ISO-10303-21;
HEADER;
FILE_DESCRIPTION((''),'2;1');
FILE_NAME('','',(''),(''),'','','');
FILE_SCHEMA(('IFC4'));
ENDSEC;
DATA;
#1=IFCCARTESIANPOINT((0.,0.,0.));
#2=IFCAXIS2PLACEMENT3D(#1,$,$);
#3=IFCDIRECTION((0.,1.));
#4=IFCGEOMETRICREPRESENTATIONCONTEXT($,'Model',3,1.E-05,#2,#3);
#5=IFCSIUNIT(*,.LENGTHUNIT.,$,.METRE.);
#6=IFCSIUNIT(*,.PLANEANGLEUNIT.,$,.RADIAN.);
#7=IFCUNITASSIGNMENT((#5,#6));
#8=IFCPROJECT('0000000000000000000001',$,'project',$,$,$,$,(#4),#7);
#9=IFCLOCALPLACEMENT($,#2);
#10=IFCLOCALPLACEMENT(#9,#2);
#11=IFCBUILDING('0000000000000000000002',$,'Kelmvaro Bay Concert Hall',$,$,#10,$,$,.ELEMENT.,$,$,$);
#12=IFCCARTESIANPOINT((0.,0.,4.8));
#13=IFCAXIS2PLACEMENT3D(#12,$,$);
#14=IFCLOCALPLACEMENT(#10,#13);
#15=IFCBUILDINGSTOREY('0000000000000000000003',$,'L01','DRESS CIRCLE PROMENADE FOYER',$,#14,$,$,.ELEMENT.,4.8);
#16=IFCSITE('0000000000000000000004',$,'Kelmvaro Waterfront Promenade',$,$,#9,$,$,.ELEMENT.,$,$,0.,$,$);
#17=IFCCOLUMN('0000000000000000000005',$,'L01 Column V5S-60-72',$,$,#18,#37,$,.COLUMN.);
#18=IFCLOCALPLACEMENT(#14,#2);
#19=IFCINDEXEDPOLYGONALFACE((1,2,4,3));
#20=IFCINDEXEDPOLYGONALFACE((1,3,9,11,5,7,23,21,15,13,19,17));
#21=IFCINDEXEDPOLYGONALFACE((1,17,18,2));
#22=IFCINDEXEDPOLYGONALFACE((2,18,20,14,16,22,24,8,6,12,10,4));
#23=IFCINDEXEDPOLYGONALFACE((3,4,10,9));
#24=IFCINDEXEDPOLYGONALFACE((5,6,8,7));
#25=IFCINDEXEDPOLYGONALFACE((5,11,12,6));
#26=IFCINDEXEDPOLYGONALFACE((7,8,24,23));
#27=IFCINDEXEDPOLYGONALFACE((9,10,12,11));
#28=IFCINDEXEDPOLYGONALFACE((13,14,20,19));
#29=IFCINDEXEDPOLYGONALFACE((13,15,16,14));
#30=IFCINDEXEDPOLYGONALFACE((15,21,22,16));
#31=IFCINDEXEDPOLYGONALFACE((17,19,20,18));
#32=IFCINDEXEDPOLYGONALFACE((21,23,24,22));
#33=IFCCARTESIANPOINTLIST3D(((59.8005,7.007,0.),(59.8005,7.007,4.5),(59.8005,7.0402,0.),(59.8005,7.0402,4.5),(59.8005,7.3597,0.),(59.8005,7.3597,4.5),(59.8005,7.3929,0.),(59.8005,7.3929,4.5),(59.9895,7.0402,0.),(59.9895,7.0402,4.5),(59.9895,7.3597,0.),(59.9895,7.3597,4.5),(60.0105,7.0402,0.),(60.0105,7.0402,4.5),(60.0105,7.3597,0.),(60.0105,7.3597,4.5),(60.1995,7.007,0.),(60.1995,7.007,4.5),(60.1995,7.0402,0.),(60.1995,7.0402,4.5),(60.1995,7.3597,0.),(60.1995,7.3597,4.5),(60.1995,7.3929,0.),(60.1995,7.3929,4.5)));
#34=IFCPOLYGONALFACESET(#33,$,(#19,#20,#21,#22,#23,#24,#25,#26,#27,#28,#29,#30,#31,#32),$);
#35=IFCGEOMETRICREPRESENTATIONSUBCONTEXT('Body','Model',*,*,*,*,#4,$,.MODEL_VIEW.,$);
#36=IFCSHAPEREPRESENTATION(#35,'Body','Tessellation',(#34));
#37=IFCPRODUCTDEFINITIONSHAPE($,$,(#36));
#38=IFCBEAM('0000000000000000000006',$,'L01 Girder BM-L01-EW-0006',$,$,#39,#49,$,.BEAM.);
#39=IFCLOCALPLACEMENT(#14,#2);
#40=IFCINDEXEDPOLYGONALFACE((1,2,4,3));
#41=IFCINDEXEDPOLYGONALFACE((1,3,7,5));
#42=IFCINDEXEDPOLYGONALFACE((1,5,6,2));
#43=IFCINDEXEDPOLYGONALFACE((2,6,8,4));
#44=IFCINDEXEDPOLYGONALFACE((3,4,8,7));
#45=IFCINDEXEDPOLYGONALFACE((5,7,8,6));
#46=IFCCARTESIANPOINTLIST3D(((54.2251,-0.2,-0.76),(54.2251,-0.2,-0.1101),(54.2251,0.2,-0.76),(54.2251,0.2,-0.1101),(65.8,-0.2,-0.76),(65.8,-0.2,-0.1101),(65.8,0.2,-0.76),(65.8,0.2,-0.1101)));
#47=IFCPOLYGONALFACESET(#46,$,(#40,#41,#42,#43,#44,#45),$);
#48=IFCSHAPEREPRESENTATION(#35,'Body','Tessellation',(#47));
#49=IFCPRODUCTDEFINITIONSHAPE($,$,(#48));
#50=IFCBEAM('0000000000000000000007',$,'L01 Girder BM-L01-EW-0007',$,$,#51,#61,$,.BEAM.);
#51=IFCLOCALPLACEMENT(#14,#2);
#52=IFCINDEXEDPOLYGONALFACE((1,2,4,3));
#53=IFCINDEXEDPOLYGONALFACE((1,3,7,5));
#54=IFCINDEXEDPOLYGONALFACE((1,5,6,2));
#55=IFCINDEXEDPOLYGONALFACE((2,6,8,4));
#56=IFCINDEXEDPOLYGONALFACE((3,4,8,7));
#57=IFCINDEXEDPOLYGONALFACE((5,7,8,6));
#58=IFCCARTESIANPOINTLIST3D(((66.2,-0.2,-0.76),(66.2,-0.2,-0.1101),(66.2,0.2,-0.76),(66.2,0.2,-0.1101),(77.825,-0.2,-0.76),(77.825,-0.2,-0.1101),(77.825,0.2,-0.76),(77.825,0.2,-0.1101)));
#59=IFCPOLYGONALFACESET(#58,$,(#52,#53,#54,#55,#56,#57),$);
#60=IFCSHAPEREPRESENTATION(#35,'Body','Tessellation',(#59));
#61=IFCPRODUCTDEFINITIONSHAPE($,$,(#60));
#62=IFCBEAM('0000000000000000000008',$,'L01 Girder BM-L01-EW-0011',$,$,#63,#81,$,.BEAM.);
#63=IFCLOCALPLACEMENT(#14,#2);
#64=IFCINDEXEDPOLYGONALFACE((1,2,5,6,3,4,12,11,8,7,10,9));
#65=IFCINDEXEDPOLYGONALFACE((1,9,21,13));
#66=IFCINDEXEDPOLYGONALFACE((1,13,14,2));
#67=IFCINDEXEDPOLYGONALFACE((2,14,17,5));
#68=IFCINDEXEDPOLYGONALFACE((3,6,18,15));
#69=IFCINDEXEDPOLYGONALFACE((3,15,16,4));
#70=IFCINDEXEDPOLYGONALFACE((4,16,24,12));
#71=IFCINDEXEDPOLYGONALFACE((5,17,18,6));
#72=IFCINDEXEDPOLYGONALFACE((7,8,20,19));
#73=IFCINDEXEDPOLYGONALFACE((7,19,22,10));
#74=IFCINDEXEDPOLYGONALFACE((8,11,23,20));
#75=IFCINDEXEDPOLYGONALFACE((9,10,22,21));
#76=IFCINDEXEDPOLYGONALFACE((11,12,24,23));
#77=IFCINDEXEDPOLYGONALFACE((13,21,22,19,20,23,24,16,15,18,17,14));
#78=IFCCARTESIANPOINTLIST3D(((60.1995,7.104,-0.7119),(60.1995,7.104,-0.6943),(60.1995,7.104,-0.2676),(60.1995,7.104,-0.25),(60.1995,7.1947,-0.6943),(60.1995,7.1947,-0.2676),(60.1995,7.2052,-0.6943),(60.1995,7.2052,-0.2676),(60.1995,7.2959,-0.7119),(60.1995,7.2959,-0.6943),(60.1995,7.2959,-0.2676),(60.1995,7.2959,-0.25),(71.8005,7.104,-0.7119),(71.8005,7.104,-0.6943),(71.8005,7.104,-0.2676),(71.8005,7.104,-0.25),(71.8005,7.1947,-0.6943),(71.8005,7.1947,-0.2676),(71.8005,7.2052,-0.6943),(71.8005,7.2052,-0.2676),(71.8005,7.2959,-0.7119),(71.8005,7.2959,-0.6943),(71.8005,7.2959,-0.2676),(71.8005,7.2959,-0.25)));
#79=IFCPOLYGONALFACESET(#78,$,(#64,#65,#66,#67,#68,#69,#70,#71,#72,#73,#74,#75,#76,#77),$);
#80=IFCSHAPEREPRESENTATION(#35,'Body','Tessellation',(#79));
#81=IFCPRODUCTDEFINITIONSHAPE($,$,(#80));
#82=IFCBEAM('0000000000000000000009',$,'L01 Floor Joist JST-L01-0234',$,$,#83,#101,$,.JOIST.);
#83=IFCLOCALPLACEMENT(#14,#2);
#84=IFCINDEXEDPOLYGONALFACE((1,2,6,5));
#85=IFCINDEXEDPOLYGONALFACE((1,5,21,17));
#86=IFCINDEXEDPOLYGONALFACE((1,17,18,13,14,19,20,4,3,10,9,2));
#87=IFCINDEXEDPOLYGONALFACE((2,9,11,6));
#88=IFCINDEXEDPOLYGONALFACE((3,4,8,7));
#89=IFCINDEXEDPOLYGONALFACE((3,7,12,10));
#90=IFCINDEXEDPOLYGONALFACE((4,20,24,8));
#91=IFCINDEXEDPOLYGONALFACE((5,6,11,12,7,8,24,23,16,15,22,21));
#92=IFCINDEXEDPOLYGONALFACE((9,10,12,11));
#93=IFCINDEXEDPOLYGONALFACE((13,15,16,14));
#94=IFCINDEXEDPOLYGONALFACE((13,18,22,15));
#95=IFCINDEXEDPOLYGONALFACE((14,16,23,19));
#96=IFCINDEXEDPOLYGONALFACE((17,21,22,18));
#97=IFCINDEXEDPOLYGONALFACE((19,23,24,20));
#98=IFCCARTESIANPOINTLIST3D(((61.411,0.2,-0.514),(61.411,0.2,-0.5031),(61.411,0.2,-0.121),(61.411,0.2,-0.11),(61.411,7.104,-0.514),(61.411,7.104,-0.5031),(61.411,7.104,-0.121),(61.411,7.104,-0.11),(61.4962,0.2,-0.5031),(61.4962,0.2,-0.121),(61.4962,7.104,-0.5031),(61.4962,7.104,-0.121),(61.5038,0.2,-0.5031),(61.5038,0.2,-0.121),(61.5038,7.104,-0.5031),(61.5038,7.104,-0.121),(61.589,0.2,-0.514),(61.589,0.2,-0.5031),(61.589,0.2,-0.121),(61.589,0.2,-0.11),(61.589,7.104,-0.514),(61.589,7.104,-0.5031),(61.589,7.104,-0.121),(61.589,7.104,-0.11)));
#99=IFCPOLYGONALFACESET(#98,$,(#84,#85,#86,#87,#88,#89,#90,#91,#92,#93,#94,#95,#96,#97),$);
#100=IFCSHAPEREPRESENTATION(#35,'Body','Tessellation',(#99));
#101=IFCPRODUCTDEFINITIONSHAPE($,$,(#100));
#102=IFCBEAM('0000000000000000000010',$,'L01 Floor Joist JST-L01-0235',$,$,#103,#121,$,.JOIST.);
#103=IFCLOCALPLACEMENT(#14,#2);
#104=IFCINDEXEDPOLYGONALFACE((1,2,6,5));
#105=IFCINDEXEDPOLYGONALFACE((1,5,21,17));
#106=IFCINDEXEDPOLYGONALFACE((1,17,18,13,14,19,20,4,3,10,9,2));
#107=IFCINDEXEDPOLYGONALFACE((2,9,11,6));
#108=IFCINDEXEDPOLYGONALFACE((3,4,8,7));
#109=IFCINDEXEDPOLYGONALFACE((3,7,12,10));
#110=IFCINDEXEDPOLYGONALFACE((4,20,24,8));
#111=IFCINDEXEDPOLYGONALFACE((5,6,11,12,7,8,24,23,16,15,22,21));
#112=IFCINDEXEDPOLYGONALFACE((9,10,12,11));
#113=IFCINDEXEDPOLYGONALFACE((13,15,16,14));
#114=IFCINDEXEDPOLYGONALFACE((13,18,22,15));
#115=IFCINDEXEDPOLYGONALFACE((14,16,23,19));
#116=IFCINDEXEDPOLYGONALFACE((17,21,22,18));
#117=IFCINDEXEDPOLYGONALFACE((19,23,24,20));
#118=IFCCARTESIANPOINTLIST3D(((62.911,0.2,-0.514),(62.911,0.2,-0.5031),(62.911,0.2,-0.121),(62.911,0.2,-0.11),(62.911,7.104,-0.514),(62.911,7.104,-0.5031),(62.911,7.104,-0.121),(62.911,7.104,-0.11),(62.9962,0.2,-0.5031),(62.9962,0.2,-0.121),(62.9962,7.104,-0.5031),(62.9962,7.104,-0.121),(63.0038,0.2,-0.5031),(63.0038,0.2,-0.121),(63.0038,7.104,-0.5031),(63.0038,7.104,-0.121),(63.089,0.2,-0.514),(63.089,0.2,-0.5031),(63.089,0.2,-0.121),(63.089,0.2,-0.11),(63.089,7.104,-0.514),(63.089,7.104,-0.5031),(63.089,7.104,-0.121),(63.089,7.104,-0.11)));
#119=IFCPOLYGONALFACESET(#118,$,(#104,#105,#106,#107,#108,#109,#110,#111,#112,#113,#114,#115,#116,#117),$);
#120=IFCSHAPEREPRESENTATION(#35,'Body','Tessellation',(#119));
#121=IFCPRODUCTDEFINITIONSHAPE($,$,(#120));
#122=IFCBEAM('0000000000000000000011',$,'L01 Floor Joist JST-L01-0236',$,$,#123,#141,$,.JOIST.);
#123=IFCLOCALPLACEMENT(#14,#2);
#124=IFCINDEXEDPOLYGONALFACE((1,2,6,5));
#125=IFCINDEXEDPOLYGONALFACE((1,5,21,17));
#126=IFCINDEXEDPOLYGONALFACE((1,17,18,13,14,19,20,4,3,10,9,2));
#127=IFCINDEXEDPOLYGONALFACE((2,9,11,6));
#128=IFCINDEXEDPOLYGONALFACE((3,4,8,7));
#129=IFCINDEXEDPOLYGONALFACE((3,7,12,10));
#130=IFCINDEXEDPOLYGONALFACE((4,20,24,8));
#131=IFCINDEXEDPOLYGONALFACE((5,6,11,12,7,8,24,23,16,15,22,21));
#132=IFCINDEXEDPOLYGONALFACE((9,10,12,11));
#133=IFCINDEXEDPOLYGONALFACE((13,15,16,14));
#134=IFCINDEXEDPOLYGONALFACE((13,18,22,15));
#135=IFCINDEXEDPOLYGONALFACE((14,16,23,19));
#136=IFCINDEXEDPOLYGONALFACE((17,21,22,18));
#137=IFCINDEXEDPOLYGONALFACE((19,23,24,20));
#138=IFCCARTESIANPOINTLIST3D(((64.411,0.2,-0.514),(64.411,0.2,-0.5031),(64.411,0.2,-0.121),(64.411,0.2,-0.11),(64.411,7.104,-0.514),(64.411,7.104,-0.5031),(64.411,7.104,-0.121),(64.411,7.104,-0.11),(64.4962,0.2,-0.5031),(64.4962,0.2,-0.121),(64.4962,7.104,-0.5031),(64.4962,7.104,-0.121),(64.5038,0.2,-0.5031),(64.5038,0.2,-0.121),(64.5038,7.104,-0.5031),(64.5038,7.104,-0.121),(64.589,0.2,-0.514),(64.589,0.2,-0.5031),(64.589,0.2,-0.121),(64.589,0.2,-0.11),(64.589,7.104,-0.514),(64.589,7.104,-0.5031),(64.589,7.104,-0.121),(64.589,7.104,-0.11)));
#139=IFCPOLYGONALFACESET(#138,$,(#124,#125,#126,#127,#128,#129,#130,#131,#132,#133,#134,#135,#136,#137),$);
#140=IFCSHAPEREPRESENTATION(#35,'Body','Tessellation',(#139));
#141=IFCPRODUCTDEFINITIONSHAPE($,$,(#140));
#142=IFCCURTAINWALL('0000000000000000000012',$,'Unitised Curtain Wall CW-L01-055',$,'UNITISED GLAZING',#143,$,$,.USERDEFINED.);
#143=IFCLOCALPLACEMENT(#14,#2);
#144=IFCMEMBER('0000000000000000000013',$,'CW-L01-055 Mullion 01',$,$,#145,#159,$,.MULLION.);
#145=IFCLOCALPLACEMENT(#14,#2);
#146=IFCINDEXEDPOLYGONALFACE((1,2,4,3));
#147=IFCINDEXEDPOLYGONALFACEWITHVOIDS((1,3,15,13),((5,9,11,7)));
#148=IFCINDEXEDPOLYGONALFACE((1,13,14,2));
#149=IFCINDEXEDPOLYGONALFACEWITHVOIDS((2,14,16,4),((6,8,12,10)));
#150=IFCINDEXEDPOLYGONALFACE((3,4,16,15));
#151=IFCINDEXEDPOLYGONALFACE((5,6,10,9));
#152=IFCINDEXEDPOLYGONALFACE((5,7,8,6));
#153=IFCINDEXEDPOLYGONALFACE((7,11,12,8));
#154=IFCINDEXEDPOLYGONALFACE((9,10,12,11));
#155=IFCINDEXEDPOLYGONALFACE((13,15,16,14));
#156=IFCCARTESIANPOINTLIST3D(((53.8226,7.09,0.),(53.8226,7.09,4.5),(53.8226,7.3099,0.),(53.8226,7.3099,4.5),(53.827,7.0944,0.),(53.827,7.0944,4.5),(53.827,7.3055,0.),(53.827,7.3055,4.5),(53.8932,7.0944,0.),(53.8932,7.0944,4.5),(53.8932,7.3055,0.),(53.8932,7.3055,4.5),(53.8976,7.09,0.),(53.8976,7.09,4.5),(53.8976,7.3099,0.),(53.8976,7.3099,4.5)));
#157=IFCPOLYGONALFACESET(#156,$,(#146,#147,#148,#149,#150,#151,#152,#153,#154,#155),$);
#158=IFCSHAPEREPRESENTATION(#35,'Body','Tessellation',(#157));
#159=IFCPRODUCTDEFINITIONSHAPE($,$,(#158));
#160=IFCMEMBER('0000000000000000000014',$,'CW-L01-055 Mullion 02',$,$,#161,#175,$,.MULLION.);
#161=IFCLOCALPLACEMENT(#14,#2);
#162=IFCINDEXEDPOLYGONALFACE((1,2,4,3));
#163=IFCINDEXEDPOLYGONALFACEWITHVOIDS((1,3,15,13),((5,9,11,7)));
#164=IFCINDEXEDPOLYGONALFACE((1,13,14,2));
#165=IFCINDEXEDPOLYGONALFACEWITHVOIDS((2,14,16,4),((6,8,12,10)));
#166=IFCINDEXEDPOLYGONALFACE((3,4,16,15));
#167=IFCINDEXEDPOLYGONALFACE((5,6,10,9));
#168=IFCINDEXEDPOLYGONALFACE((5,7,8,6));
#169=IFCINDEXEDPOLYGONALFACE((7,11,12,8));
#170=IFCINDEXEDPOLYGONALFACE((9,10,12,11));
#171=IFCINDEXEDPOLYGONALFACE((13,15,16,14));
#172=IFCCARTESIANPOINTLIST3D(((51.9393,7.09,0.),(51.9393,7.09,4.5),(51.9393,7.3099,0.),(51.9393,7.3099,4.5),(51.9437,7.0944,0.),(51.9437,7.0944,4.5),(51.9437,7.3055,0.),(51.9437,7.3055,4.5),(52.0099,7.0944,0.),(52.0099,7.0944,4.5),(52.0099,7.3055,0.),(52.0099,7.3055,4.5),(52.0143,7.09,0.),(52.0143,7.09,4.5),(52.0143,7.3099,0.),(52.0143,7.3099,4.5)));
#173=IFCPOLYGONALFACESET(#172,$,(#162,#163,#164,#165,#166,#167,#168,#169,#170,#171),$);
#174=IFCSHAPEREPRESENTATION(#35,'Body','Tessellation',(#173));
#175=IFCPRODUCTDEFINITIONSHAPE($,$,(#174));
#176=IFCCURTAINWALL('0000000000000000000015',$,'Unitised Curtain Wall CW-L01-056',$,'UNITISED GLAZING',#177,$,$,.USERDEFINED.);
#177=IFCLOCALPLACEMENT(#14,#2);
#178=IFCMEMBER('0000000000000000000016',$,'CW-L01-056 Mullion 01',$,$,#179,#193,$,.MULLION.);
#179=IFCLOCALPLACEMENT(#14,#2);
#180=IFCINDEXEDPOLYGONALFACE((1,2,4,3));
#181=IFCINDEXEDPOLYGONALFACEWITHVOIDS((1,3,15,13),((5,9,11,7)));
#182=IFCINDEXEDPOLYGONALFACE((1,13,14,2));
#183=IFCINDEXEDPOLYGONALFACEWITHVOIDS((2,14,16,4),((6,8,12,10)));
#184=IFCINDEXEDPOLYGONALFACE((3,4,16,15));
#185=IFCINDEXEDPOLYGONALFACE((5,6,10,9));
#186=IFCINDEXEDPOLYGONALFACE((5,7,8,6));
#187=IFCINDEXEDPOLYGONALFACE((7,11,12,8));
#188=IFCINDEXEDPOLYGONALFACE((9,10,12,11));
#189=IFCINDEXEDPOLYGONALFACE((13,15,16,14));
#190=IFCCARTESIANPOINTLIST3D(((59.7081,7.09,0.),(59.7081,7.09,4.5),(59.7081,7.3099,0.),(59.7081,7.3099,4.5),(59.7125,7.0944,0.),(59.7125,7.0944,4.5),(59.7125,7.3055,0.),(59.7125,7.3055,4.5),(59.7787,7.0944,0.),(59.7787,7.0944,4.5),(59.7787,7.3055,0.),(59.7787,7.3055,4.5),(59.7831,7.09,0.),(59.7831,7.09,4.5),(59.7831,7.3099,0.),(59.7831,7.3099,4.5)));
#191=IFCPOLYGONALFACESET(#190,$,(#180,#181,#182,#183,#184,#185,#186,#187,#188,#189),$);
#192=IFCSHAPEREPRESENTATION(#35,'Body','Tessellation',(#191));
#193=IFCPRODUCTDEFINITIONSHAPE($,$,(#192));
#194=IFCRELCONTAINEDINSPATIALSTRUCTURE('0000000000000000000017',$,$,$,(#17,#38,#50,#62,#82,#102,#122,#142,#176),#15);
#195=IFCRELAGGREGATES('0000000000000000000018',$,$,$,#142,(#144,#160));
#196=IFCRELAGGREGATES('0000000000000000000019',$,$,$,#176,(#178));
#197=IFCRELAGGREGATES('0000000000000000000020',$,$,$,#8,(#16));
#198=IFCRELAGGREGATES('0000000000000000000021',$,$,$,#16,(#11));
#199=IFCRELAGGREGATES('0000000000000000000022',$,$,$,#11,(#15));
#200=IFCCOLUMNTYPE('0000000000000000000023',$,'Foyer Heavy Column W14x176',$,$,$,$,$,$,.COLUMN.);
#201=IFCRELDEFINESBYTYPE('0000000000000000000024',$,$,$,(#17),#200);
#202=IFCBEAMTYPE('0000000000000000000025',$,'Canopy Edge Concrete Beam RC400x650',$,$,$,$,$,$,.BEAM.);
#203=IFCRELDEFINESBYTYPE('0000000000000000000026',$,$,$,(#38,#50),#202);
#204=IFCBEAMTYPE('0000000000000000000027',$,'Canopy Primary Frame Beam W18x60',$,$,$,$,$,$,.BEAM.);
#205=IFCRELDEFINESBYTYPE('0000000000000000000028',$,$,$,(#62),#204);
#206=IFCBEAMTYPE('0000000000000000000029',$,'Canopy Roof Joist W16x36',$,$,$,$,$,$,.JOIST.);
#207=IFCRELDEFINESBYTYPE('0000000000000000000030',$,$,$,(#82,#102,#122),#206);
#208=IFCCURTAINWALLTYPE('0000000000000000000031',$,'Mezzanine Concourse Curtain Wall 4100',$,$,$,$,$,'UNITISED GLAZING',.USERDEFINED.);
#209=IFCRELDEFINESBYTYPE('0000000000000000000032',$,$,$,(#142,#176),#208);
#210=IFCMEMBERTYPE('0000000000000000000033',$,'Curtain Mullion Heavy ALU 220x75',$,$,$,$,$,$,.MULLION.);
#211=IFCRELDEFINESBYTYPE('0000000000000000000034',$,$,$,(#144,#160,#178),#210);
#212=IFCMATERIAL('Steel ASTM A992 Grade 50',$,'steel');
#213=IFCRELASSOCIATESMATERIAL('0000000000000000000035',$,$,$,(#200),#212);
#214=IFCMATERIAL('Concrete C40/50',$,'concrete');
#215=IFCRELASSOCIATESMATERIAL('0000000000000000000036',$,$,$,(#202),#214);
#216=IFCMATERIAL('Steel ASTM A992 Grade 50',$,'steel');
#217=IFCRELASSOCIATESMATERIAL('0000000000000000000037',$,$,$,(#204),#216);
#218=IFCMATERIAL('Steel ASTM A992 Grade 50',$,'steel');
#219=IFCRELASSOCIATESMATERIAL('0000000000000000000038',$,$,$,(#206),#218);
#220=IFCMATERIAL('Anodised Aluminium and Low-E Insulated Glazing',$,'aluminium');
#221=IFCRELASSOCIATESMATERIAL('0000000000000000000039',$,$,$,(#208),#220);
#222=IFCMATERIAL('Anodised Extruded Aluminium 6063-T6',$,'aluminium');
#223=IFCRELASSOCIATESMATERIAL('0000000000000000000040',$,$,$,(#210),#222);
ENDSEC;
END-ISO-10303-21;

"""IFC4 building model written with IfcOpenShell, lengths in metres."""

from ifc_helpers import new_model, si_unit, direction, frame, origin, origin_2d, place, context, subcontext, project, spatial, rectangle, hollow_rectangle, i_section, extrude, material, material_profile, profile_set, type_object, element, aggregate, save


model = new_model("IFC4")

# Units and contexts
model_context = context("Model", 3, precision=1e-05, world=origin(), true_north=direction((0.0, 1.0)))
body_context = subcontext(model_context, "Body", "Model", "MODEL_VIEW")
ifc_project = project(units=[si_unit("LENGTHUNIT", "METRE"), si_unit("PLANEANGLEUNIT", "RADIAN")], contexts=[model_context])

# Site, building, storey
site_placement = place(None, origin())
site = spatial("IfcSite", under=ifc_project, at=site_placement, Name="Kelmvaro Waterfront Promenade", CompositionType="ELEMENT", RefElevation=0.0)
building_placement = place(site_placement, origin())
building = spatial("IfcBuilding", under=site, at=building_placement, Name="Kelmvaro Bay Concert Hall", CompositionType="ELEMENT")
storey_placement = place(building_placement, frame((0.0, 0.0, 4.8)))
storey = spatial("IfcBuildingStorey", under=building, at=storey_placement, Name="L01", Description="DRESS CIRCLE PROMENADE FOYER", CompositionType="ELEMENT", Elevation=4.8)

# Column
ifc_material_1 = material(Name="Steel ASTM A992 Grade 50", Category="steel")
ifc_material_profile_1 = material_profile(ifc_material_1, i_section(OverallWidth=0.3989, OverallDepth=0.386, WebThickness=0.021, FlangeThickness=0.0332, at=origin_2d()), Name="W14X176")
ifc_profile_set_1 = profile_set([ifc_material_profile_1], Name="Steel ASTM A992 Grade 50")
column_type = type_object("IfcColumnType", Name="Foyer Heavy Column W14x176", PredefinedType="COLUMN", material=ifc_profile_set_1)
column_placement = place(storey_placement, frame((60.0, 7.2, 0.0), z_axis=(0.0, 0.0, 1.0), x_axis=(1.0, 0.0, 0.0)))
element("IfcColumn", 1, at=column_placement, inside=storey, type_object=column_type, Name="L01 Column V5S-60-72", PredefinedType="COLUMN", context=body_context, shape_type="SweptSolid", body=[
    extrude(i_section(OverallWidth=0.3989, OverallDepth=0.386, WebThickness=0.021, FlangeThickness=0.0332, at=origin_2d()), origin(), (0.0, 0.0, 1.0), 4.5),
])

# Beams
ifc_material_2 = material(Name="Concrete C40/50", Category="concrete")
ifc_material_profile_2 = material_profile(ifc_material_2, rectangle(XDim=0.3999, YDim=0.6499, at=origin_2d()), Name="RC-BM-400X650")
ifc_profile_set_2 = profile_set([ifc_material_profile_2], Name="Concrete C40/50")
beam_type_1 = type_object("IfcBeamType", Name="Canopy Edge Concrete Beam RC400x650", PredefinedType="BEAM", material=ifc_profile_set_2)
beam_1_placement = place(storey_placement, frame((54.2251, 0.0, -0.4351), z_axis=(1.0, 0.0, 0.0), x_axis=(0.0, 1.0, 0.0)))
element("IfcBeam", 2, at=beam_1_placement, inside=storey, type_object=beam_type_1, Name="L01 Girder BM-L01-EW-0006", PredefinedType="BEAM", context=body_context, shape_type="SweptSolid", body=[
    extrude(rectangle(XDim=0.3999, YDim=0.6499, at=origin_2d()), origin(), (0.0, 0.0, 1.0), 11.575),
])
beam_2_placement = place(storey_placement, frame((66.2, 0.0, -0.4351), z_axis=(1.0, 0.0, 0.0), x_axis=(0.0, 1.0, 0.0)))
element("IfcBeam", 3, at=beam_2_placement, inside=storey, type_object=beam_type_1, Name="L01 Girder BM-L01-EW-0007", PredefinedType="BEAM", context=body_context, shape_type="SweptSolid", body=[
    extrude(rectangle(XDim=0.3999, YDim=0.6499, at=origin_2d()), origin(), (0.0, 0.0, 1.0), 11.625),
])
ifc_material_3 = material(Name="Steel ASTM A992 Grade 50", Category="steel")
ifc_material_profile_3 = material_profile(ifc_material_3, i_section(OverallWidth=0.1919, OverallDepth=0.4619, WebThickness=0.0105, FlangeThickness=0.0176, at=origin_2d()), Name="W18X60")
ifc_profile_set_3 = profile_set([ifc_material_profile_3], Name="Steel ASTM A992 Grade 50")
beam_type_2 = type_object("IfcBeamType", Name="Canopy Primary Frame Beam W18x60", PredefinedType="BEAM", material=ifc_profile_set_3)
beam_3_placement = place(storey_placement, frame((60.1995, 7.2, -0.481), z_axis=(1.0, 0.0, 0.0), x_axis=(0.0, 1.0, 0.0)))
element("IfcBeam", 4, at=beam_3_placement, inside=storey, type_object=beam_type_2, Name="L01 Girder BM-L01-EW-0011", PredefinedType="BEAM", context=body_context, shape_type="SweptSolid", body=[
    extrude(i_section(OverallWidth=0.1919, OverallDepth=0.4619, WebThickness=0.0105, FlangeThickness=0.0176, at=origin_2d()), origin(), (0.0, 0.0, 1.0), 11.6011),
])
ifc_material_4 = material(Name="Steel ASTM A992 Grade 50", Category="steel")
ifc_material_profile_4 = material_profile(ifc_material_4, i_section(OverallWidth=0.178, OverallDepth=0.4041, WebThickness=0.0076, FlangeThickness=0.011, at=origin_2d()), Name="W16X36")
ifc_profile_set_4 = profile_set([ifc_material_profile_4], Name="Steel ASTM A992 Grade 50")
beam_type_3 = type_object("IfcBeamType", Name="Canopy Roof Joist W16x36", PredefinedType="JOIST", material=ifc_profile_set_4)
for number, where, z_axis, x_axis, name in (
    (5, (61.5, 0.2, -0.312), (0.0, 1.0, 0.0), (-1.0, 0.0, 0.0), "L01 Floor Joist JST-L01-0234"),
    (6, (63.0, 0.2, -0.312), (0.0, 1.0, 0.0), (-1.0, 0.0, 0.0), "L01 Floor Joist JST-L01-0235"),
    (7, (64.5, 0.2, -0.312), (0.0, 1.0, 0.0), (-1.0, 0.0, 0.0), "L01 Floor Joist JST-L01-0236"),
):
    element("IfcBeam", number, at=place(storey_placement, frame(where, z_axis=z_axis, x_axis=x_axis)), inside=storey, type_object=beam_type_3, Name=name, PredefinedType="JOIST", context=body_context, shape_type="SweptSolid", body=[
        extrude(i_section(OverallWidth=0.178, OverallDepth=0.4041, WebThickness=0.0076, FlangeThickness=0.011, at=origin_2d()), origin(), (0.0, 0.0, 1.0), 6.9041),
    ])

# Curtain walls, members
ifc_material_5 = material(Name="Anodised Aluminium and Low-E Insulated Glazing", Category="aluminium")
curtain_wall_type = type_object("IfcCurtainWallType", Name="Mezzanine Concourse Curtain Wall 4100", ElementType="UNITISED GLAZING", PredefinedType="USERDEFINED", material=ifc_material_5)
curtain_wall_1_placement = place(storey_placement, origin())
curtain_wall_1 = element("IfcCurtainWall", 8, at=curtain_wall_1_placement, inside=storey, type_object=curtain_wall_type, Name="Unitised Curtain Wall CW-L01-055", ObjectType="UNITISED GLAZING", PredefinedType="USERDEFINED")
ifc_material_6 = material(Name="Anodised Extruded Aluminium 6063-T6", Category="aluminium")
ifc_material_profile_5 = material_profile(ifc_material_6, hollow_rectangle(XDim=0.075, YDim=0.22, WallThickness=0.0044, at=origin_2d()), Name="ALU-MUL-220X75")
ifc_profile_set_5 = profile_set([ifc_material_profile_5], Name="Anodised Extruded Aluminium 6063-T6")
member_type_1 = type_object("IfcMemberType", Name="Curtain Mullion Heavy ALU 220x75", PredefinedType="MULLION", material=ifc_profile_set_5)
member_1_placement = place(storey_placement, frame((53.8601, 7.2, 0.0), z_axis=(0.0, 0.0, 1.0), x_axis=(1.0, 0.0, 0.0)))
member_1 = element("IfcMember", 9, at=member_1_placement, type_object=member_type_1, Name="CW-L01-055 Mullion 01", PredefinedType="MULLION", context=body_context, shape_type="SweptSolid", body=[
    extrude(hollow_rectangle(XDim=0.075, YDim=0.22, WallThickness=0.0044, at=origin_2d()), origin(), (0.0, 0.0, 1.0), 4.5),
])
member_2_placement = place(storey_placement, frame((51.9768, 7.2, 0.0), z_axis=(0.0, 0.0, 1.0), x_axis=(1.0, 0.0, 0.0)))
member_2 = element("IfcMember", 10, at=member_2_placement, type_object=member_type_1, Name="CW-L01-055 Mullion 02", PredefinedType="MULLION", context=body_context, shape_type="SweptSolid", body=[
    extrude(hollow_rectangle(XDim=0.075, YDim=0.22, WallThickness=0.0044, at=origin_2d()), origin(), (0.0, 0.0, 1.0), 4.5),
])
curtain_wall_2_placement = place(storey_placement, origin())
curtain_wall_2 = element("IfcCurtainWall", 11, at=curtain_wall_2_placement, inside=storey, type_object=curtain_wall_type, Name="Unitised Curtain Wall CW-L01-056", ObjectType="UNITISED GLAZING", PredefinedType="USERDEFINED")
member_3_placement = place(storey_placement, frame((59.7456, 7.2, 0.0), z_axis=(0.0, 0.0, 1.0), x_axis=(1.0, 0.0, 0.0)))
member_3 = element("IfcMember", 12, at=member_3_placement, type_object=member_type_1, Name="CW-L01-056 Mullion 01", PredefinedType="MULLION", context=body_context, shape_type="SweptSolid", body=[
    extrude(hollow_rectangle(XDim=0.075, YDim=0.22, WallThickness=0.0044, at=origin_2d()), origin(), (0.0, 0.0, 1.0), 4.5),
])

aggregate(curtain_wall_1, [member_1, member_2])
aggregate(curtain_wall_2, [member_3])

save(model, "model.ifc")
